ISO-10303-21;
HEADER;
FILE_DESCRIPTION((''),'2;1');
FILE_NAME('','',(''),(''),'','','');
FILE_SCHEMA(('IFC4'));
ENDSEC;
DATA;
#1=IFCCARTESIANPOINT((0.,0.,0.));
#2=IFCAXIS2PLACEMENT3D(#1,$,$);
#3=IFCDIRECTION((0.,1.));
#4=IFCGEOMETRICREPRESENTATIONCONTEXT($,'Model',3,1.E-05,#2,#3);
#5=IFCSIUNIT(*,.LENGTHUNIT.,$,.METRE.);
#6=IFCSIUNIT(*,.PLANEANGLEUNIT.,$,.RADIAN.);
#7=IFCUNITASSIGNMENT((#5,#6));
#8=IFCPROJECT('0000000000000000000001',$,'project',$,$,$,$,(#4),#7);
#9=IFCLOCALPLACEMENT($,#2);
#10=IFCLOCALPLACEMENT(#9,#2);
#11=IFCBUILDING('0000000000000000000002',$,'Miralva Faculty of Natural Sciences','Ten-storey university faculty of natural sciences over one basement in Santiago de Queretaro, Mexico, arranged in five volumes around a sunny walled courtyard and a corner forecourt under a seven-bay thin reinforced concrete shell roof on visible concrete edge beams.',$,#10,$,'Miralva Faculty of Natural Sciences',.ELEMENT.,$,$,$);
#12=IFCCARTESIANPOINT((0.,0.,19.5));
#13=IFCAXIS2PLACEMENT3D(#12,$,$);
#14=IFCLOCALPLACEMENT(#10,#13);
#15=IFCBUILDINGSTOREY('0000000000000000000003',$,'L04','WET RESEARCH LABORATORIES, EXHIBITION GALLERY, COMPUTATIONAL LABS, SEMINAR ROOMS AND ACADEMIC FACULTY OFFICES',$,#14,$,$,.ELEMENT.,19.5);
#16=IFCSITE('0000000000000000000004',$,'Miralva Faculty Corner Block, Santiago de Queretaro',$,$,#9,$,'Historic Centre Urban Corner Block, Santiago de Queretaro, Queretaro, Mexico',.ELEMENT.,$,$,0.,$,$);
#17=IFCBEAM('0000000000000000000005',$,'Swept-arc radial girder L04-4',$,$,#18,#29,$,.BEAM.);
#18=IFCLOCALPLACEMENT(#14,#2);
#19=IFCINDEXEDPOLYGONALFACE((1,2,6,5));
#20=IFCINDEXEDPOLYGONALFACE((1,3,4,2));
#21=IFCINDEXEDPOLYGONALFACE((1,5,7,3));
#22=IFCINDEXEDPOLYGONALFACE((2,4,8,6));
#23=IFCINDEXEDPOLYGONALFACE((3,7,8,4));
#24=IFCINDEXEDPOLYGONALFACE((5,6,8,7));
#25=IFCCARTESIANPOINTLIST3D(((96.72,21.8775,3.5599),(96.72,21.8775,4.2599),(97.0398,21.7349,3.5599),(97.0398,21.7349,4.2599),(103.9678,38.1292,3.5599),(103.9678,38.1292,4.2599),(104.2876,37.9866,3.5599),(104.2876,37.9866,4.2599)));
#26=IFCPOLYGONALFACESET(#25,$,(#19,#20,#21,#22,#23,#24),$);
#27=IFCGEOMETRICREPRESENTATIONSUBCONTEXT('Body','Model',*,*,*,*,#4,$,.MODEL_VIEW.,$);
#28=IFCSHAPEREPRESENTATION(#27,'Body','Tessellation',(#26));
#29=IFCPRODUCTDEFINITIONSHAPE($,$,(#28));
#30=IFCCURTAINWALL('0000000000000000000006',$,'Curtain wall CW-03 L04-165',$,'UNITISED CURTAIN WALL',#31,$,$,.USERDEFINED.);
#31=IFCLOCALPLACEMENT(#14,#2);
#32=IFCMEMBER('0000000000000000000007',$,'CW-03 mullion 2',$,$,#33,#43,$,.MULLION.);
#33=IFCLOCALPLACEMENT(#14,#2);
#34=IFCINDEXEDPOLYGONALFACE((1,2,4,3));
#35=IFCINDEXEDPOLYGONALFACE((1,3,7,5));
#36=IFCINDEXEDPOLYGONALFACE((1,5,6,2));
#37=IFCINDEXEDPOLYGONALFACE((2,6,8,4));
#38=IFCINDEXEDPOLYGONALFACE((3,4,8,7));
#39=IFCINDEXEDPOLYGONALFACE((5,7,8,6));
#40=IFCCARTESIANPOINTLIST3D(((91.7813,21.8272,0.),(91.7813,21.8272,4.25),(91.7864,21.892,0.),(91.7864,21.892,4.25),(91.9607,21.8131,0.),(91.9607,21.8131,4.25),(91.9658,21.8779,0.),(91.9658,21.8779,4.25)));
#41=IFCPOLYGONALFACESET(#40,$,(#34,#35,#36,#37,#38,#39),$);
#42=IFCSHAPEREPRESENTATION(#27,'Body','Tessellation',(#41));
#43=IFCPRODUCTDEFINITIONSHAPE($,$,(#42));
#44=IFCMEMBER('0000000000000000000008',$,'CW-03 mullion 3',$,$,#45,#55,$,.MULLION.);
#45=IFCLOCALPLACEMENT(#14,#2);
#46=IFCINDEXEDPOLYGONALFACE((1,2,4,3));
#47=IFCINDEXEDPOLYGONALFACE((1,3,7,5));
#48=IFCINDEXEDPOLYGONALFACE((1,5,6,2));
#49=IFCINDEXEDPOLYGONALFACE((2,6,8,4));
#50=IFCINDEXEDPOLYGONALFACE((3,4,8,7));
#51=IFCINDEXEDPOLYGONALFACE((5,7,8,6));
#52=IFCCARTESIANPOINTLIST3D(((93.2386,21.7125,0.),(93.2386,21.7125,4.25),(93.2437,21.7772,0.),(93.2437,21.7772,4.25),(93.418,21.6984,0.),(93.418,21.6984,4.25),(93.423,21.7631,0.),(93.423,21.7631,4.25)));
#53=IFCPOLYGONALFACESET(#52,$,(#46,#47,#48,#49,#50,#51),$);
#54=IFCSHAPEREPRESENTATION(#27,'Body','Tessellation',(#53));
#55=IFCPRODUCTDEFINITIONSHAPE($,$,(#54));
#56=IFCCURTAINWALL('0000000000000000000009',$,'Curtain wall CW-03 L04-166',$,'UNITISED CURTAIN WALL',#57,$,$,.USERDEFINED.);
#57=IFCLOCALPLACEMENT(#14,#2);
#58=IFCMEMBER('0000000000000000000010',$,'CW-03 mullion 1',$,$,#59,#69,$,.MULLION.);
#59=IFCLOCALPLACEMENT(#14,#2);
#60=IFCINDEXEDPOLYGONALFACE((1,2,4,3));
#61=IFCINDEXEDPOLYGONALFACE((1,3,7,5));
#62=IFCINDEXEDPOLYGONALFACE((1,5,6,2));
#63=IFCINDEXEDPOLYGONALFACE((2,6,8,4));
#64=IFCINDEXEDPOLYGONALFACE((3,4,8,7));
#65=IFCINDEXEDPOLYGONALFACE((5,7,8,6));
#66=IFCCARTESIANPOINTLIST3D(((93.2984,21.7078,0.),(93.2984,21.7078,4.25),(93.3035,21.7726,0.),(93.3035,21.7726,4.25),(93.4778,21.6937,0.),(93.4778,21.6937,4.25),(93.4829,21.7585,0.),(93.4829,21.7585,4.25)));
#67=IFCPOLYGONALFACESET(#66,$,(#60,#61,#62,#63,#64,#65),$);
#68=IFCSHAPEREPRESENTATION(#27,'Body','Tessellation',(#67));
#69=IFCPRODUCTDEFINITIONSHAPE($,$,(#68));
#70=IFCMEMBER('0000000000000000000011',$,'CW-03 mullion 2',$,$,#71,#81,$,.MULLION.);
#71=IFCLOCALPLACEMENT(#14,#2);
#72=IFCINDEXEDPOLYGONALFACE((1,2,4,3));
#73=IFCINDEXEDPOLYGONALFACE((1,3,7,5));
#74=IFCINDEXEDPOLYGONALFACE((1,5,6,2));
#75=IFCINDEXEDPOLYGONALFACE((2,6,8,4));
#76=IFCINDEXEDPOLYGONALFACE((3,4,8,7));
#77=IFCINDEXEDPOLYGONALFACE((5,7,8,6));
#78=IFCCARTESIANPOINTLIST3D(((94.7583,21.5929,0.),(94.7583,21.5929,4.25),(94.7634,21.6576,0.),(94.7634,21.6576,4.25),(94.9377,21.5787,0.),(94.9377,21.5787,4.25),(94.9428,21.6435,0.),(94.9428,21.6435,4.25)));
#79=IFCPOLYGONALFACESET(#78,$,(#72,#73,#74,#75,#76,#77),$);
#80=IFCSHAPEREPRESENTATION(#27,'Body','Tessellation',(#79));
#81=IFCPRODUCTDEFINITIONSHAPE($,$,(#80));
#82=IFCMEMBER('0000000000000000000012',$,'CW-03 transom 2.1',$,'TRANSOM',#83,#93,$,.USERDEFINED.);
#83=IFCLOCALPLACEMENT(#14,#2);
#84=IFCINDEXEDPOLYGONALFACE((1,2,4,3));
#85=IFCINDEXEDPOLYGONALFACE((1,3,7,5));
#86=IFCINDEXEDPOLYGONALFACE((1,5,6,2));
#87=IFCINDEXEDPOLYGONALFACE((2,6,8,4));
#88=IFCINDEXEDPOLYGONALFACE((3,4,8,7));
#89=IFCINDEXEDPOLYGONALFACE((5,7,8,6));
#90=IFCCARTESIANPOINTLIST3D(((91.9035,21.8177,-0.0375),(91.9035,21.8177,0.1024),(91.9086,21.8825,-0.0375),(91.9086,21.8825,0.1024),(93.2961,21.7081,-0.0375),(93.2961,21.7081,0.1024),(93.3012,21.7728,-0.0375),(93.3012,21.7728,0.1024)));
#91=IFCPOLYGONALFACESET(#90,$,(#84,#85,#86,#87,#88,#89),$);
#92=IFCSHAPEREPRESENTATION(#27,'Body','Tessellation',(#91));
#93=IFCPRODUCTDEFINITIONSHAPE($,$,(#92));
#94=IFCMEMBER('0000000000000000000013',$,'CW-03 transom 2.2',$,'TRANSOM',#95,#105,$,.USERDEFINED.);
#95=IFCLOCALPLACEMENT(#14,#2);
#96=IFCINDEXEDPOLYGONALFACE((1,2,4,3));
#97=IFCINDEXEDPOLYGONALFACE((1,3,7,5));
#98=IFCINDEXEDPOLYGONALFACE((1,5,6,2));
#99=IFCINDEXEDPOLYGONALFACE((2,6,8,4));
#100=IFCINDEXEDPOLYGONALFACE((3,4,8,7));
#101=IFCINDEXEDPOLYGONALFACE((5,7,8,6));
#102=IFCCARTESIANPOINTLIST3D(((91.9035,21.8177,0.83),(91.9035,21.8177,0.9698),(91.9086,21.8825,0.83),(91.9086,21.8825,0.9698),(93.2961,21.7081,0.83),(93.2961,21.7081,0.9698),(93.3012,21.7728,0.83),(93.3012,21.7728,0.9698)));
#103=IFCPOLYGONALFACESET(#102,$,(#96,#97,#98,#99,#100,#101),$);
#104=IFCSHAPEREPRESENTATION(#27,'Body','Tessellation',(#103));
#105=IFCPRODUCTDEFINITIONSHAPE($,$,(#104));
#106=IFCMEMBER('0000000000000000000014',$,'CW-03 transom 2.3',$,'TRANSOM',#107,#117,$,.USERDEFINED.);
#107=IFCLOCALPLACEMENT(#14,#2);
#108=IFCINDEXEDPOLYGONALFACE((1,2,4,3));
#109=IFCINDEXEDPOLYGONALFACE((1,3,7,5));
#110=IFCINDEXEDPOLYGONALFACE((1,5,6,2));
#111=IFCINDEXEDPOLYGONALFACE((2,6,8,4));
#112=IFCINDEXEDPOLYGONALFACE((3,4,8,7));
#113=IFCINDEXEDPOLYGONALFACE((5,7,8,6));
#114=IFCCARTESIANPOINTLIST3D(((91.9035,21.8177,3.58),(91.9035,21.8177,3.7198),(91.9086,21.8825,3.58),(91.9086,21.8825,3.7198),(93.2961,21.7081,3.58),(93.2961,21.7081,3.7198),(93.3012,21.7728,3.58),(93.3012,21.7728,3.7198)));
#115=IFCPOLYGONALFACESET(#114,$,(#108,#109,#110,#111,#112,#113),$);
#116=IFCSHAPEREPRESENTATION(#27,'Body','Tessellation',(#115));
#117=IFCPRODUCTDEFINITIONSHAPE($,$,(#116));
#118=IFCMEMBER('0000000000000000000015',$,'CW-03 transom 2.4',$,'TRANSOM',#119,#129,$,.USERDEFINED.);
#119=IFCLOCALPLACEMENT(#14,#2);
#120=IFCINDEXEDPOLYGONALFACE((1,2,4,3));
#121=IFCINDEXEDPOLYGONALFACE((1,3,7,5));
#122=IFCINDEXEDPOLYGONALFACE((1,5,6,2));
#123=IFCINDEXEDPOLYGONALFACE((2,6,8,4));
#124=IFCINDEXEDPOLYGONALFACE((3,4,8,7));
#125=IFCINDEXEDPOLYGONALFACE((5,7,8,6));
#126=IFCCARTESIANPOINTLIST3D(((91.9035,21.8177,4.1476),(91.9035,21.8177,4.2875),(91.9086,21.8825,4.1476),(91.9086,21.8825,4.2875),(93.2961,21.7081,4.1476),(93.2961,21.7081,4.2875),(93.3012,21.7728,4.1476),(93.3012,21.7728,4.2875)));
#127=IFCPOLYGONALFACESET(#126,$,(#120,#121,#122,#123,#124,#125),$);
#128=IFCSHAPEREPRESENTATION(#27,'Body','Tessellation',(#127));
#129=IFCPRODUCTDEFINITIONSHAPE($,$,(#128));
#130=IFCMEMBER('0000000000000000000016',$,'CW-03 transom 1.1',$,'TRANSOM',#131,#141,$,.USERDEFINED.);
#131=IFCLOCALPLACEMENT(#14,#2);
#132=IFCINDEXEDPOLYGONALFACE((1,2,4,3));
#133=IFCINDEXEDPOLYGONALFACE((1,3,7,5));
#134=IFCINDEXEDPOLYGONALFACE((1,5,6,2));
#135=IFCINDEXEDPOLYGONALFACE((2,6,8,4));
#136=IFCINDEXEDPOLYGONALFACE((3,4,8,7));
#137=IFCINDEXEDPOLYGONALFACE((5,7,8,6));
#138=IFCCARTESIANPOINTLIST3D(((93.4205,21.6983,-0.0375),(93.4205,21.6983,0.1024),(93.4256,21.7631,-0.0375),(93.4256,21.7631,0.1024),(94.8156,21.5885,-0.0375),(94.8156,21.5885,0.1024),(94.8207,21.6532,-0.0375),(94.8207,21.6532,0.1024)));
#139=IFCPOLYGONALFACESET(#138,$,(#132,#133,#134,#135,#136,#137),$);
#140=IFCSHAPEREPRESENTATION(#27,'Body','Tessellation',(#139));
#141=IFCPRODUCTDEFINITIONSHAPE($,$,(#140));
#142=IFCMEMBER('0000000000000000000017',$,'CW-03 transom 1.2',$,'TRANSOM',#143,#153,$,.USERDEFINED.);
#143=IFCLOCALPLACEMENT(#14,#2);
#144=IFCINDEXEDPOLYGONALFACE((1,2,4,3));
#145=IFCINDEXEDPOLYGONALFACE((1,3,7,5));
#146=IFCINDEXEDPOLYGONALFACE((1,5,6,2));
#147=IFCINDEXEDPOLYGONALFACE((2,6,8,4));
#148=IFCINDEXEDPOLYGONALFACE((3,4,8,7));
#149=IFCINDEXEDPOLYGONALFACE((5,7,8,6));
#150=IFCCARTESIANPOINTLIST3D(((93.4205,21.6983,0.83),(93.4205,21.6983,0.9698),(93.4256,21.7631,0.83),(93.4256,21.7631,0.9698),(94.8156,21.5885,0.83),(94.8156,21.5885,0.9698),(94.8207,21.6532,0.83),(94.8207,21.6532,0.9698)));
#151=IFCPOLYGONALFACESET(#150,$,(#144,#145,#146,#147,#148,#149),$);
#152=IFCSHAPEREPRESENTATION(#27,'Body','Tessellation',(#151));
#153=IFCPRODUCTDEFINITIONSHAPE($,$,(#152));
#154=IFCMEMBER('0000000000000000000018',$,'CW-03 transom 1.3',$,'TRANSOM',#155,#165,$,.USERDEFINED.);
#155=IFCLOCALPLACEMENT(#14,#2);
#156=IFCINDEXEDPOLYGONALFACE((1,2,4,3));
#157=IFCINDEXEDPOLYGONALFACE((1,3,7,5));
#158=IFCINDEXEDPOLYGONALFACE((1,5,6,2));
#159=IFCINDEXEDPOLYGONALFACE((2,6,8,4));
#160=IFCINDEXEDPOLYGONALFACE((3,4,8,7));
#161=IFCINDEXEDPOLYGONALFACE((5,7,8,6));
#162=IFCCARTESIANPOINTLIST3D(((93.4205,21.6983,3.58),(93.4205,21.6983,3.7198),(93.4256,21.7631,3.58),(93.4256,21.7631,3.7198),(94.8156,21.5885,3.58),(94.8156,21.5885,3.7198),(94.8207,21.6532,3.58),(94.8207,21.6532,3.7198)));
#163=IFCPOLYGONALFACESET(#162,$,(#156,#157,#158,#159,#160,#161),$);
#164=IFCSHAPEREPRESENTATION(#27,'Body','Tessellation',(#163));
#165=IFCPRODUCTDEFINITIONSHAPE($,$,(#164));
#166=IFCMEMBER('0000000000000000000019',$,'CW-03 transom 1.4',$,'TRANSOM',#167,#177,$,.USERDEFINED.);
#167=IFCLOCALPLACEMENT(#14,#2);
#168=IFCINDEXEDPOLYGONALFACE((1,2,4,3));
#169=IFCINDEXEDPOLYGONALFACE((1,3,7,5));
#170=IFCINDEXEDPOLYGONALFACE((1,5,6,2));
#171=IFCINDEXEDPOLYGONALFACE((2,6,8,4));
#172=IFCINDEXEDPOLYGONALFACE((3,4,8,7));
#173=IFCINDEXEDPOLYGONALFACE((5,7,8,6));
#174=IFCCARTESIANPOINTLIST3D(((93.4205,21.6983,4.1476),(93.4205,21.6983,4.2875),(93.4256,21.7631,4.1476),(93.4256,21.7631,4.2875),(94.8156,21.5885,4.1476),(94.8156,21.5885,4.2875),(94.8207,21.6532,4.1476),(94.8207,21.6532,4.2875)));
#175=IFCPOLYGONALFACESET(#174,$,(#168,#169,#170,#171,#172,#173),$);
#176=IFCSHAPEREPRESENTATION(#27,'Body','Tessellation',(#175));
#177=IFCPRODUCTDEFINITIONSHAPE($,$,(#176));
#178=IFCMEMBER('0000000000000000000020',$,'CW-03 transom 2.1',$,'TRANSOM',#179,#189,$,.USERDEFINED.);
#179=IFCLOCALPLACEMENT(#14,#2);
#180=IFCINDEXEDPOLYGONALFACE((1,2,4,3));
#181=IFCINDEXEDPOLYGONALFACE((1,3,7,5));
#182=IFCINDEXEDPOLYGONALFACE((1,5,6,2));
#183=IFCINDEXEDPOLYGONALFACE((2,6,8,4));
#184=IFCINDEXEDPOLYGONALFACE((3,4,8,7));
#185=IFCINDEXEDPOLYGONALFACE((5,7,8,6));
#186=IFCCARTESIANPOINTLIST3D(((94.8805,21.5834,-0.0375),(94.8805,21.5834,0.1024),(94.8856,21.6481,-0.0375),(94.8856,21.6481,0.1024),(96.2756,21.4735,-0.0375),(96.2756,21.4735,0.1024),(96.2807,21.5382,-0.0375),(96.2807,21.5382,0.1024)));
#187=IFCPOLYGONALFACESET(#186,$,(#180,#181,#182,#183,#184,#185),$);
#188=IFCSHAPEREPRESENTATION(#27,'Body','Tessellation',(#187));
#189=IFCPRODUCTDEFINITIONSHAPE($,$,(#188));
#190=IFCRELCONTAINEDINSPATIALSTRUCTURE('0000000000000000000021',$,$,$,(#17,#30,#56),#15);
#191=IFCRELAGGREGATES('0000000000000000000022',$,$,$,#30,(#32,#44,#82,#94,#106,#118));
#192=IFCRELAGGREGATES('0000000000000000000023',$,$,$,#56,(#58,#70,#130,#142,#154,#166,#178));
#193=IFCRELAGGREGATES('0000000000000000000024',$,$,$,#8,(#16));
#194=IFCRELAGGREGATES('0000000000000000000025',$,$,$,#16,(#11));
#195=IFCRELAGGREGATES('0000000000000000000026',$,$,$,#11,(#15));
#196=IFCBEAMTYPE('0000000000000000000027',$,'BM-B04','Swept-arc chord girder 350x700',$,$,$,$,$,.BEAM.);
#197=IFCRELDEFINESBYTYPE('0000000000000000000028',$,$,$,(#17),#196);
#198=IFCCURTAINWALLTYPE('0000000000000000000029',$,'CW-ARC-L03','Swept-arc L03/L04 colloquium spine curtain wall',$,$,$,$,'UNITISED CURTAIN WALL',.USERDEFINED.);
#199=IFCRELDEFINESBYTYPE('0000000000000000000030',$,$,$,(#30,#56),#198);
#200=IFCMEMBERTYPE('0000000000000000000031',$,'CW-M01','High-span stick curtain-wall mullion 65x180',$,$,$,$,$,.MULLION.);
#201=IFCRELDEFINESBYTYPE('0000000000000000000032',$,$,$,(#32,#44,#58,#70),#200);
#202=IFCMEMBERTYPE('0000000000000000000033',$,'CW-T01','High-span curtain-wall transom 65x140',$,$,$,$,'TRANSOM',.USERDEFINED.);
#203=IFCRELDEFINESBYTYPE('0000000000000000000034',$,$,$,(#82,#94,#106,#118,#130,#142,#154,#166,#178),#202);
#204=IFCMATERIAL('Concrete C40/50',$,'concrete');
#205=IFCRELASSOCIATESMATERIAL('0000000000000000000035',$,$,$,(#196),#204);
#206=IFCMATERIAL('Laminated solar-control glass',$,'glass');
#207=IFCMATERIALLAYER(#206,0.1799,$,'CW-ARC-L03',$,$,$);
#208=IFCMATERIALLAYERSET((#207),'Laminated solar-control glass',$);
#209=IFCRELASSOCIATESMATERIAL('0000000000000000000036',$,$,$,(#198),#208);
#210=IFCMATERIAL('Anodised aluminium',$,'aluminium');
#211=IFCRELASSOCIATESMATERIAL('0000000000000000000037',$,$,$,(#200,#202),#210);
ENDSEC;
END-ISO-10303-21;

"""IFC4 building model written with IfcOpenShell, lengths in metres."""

from ifc_helpers import new_model, si_unit, direction, frame, origin, origin_2d, place, context, subcontext, project, spatial, rectangle, extrude, material, layer, layer_set, material_profile, profile_set, type_object, element, aggregate, save


model = new_model("IFC4")

# Units and contexts
model_context = context("Model", 3, precision=1e-05, world=origin(), true_north=direction((0.0, 1.0)))
body_context = subcontext(model_context, "Body", "Model", "MODEL_VIEW")
ifc_project = project(units=[si_unit("LENGTHUNIT", "METRE"), si_unit("PLANEANGLEUNIT", "RADIAN")], contexts=[model_context])

# Site, building, storey
site_placement = place(None, origin())
site = spatial("IfcSite", under=ifc_project, at=site_placement, Name="Miralva Faculty Corner Block, Santiago de Queretaro", LongName="Historic Centre Urban Corner Block, Santiago de Queretaro, Queretaro, Mexico", CompositionType="ELEMENT", RefElevation=0.0)
building_placement = place(site_placement, origin())
building = spatial("IfcBuilding", under=site, at=building_placement, Name="Miralva Faculty of Natural Sciences", Description="Ten-storey university faculty of natural sciences over one basement in Santiago de Queretaro, Mexico, arranged in five volumes around a sunny walled courtyard and a corner forecourt under a seven-bay thin reinforced concrete shell roof on visible concrete edge beams.", LongName="Miralva Faculty of Natural Sciences", CompositionType="ELEMENT")
storey_placement = place(building_placement, frame((0.0, 0.0, 19.5)))
storey = spatial("IfcBuildingStorey", under=building, at=storey_placement, Name="L04", Description="WET RESEARCH LABORATORIES, EXHIBITION GALLERY, COMPUTATIONAL LABS, SEMINAR ROOMS AND ACADEMIC FACULTY OFFICES", CompositionType="ELEMENT", Elevation=19.5)

# Beam
ifc_material_1 = material(Name="Concrete C40/50", Category="concrete")
ifc_material_profile_1 = material_profile(ifc_material_1, rectangle(XDim=0.3501, YDim=0.7, at=origin_2d()), Name="RC 350x700")
ifc_profile_set_1 = profile_set([ifc_material_profile_1], Name="Concrete C40/50")
beam_type = type_object("IfcBeamType", Name="BM-B04", Description="Swept-arc chord girder 350x700", PredefinedType="BEAM", material=ifc_profile_set_1)
beam_placement = place(storey_placement, frame((96.8799, 21.8062, 3.9099), z_axis=(0.407303, 0.913293, 0.0), x_axis=(-0.913293, 0.407303, 0.0)))
element("IfcBeam", 1, at=beam_placement, inside=storey, type_object=beam_type, Name="Swept-arc radial girder L04-4", PredefinedType="BEAM", context=body_context, shape_type="SweptSolid", body=[
    extrude(rectangle(XDim=0.3501, YDim=0.7, at=origin_2d()), origin(), (0.0, 0.0, 1.0), 17.7947),
])

# Curtain walls, members
ifc_material_2 = material(Name="Laminated solar-control glass", Category="glass")
ifc_layer_1 = layer(ifc_material_2, 0.1799, Name="CW-ARC-L03")
ifc_layer_set_1 = layer_set([ifc_layer_1], Name="Laminated solar-control glass")
curtain_wall_type = type_object("IfcCurtainWallType", Name="CW-ARC-L03", Description="Swept-arc L03/L04 colloquium spine curtain wall", ElementType="UNITISED CURTAIN WALL", PredefinedType="USERDEFINED", material=ifc_layer_set_1)
curtain_wall_1_placement = place(storey_placement, origin())
curtain_wall_1 = element("IfcCurtainWall", 2, at=curtain_wall_1_placement, inside=storey, type_object=curtain_wall_type, Name="Curtain wall CW-03 L04-165", ObjectType="UNITISED CURTAIN WALL", PredefinedType="USERDEFINED")
ifc_material_3 = material(Name="Anodised aluminium", Category="aluminium")
ifc_material_profile_2 = material_profile(ifc_material_3, rectangle(XDim=0.0649, YDim=0.1799, at=origin_2d()), Name="MULLION 65x180")
ifc_profile_set_2 = profile_set([ifc_material_profile_2], Name="Anodised aluminium")
member_type_1 = type_object("IfcMemberType", Name="CW-M01", Description="High-span stick curtain-wall mullion 65x180", PredefinedType="MULLION", material=ifc_profile_set_2)
member_1_placement = place(storey_placement, frame((91.8735, 21.8525, 0.0), z_axis=(0.0, 0.0, 1.0), x_axis=(0.078462, 0.996917, 0.0)))
member_1 = element("IfcMember", 3, at=member_1_placement, type_object=member_type_1, Name="CW-03 mullion 2", PredefinedType="MULLION", context=body_context, shape_type="SweptSolid", body=[
    extrude(rectangle(XDim=0.0649, YDim=0.1799, at=origin_2d()), origin(), (0.0, 0.0, 1.0), 4.25),
])
member_2_placement = place(storey_placement, frame((93.3308, 21.7378, 0.0), z_axis=(0.0, 0.0, 1.0), x_axis=(0.078462, 0.996917, 0.0)))
member_2 = element("IfcMember", 4, at=member_2_placement, type_object=member_type_1, Name="CW-03 mullion 3", PredefinedType="MULLION", context=body_context, shape_type="SweptSolid", body=[
    extrude(rectangle(XDim=0.0649, YDim=0.1799, at=origin_2d()), origin(), (0.0, 0.0, 1.0), 4.25),
])
curtain_wall_2_placement = place(storey_placement, origin())
curtain_wall_2 = element("IfcCurtainWall", 5, at=curtain_wall_2_placement, inside=storey, type_object=curtain_wall_type, Name="Curtain wall CW-03 L04-166", ObjectType="UNITISED CURTAIN WALL", PredefinedType="USERDEFINED")
member_3_placement = place(storey_placement, frame((93.3906, 21.7332, 0.0), z_axis=(0.0, 0.0, 1.0), x_axis=(0.078461, 0.996917, 0.0)))
member_3 = element("IfcMember", 6, at=member_3_placement, type_object=member_type_1, Name="CW-03 mullion 1", PredefinedType="MULLION", context=body_context, shape_type="SweptSolid", body=[
    extrude(rectangle(XDim=0.0649, YDim=0.1799, at=origin_2d()), origin(), (0.0, 0.0, 1.0), 4.25),
])
member_4_placement = place(storey_placement, frame((94.8506, 21.6182, 0.0), z_axis=(0.0, 0.0, 1.0), x_axis=(0.078461, 0.996917, 0.0)))
member_4 = element("IfcMember", 7, at=member_4_placement, type_object=member_type_1, Name="CW-03 mullion 2", PredefinedType="MULLION", context=body_context, shape_type="SweptSolid", body=[
    extrude(rectangle(XDim=0.0649, YDim=0.1799, at=origin_2d()), origin(), (0.0, 0.0, 1.0), 4.25),
])

# Members
ifc_material_profile_3 = material_profile(ifc_material_3, rectangle(XDim=0.0649, YDim=0.1399, at=origin_2d()), Name="TRANSOM 65x140")
ifc_profile_set_3 = profile_set([ifc_material_profile_3], Name="Anodised aluminium")
member_type_2 = type_object("IfcMemberType", Name="CW-T01", Description="High-span curtain-wall transom 65x140", ElementType="TRANSOM", PredefinedType="USERDEFINED", material=ifc_profile_set_3)
member_5_placement = place(storey_placement, frame((91.906, 21.8501, 0.0325), z_axis=(0.996916, -0.078474, 0.0), x_axis=(0.078474, 0.996916, 0.0)))
member_5 = element("IfcMember", 8, at=member_5_placement, type_object=member_type_2, Name="CW-03 transom 2.1", ObjectType="TRANSOM", PredefinedType="USERDEFINED", context=body_context, shape_type="SweptSolid", body=[
    extrude(rectangle(XDim=0.0649, YDim=0.1399, at=origin_2d()), origin(), (0.0, 0.0, 1.0), 1.397),
])
member_6_placement = place(storey_placement, frame((91.906, 21.8501, 0.8999), z_axis=(0.996916, -0.078474, 0.0), x_axis=(0.078474, 0.996916, 0.0)))
member_6 = element("IfcMember", 9, at=member_6_placement, type_object=member_type_2, Name="CW-03 transom 2.2", ObjectType="TRANSOM", PredefinedType="USERDEFINED", context=body_context, shape_type="SweptSolid", body=[
    extrude(rectangle(XDim=0.0649, YDim=0.1399, at=origin_2d()), origin(), (0.0, 0.0, 1.0), 1.397),
])
member_7_placement = place(storey_placement, frame((91.906, 21.8501, 3.6499), z_axis=(0.996916, -0.078474, 0.0), x_axis=(0.078474, 0.996916, 0.0)))
member_7 = element("IfcMember", 10, at=member_7_placement, type_object=member_type_2, Name="CW-03 transom 2.3", ObjectType="TRANSOM", PredefinedType="USERDEFINED", context=body_context, shape_type="SweptSolid", body=[
    extrude(rectangle(XDim=0.0649, YDim=0.1399, at=origin_2d()), origin(), (0.0, 0.0, 1.0), 1.397),
])
member_8_placement = place(storey_placement, frame((91.906, 21.8501, 4.2175), z_axis=(0.996916, -0.078474, 0.0), x_axis=(0.078474, 0.996916, 0.0)))
member_8 = element("IfcMember", 11, at=member_8_placement, type_object=member_type_2, Name="CW-03 transom 2.4", ObjectType="TRANSOM", PredefinedType="USERDEFINED", context=body_context, shape_type="SweptSolid", body=[
    extrude(rectangle(XDim=0.0649, YDim=0.1399, at=origin_2d()), origin(), (0.0, 0.0, 1.0), 1.397),
])
member_9_placement = place(storey_placement, frame((93.4231, 21.7307, 0.0325), z_axis=(0.996913, -0.078511, 0.0), x_axis=(0.078511, 0.996913, 0.0)))
member_9 = element("IfcMember", 12, at=member_9_placement, type_object=member_type_2, Name="CW-03 transom 1.1", ObjectType="TRANSOM", PredefinedType="USERDEFINED", context=body_context, shape_type="SweptSolid", body=[
    extrude(rectangle(XDim=0.0649, YDim=0.1399, at=origin_2d()), origin(), (0.0, 0.0, 1.0), 1.3994),
])
member_10_placement = place(storey_placement, frame((93.4231, 21.7307, 0.8999), z_axis=(0.996913, -0.078511, 0.0), x_axis=(0.078511, 0.996913, 0.0)))
member_10 = element("IfcMember", 13, at=member_10_placement, type_object=member_type_2, Name="CW-03 transom 1.2", ObjectType="TRANSOM", PredefinedType="USERDEFINED", context=body_context, shape_type="SweptSolid", body=[
    extrude(rectangle(XDim=0.0649, YDim=0.1399, at=origin_2d()), origin(), (0.0, 0.0, 1.0), 1.3994),
])
member_11_placement = place(storey_placement, frame((93.4231, 21.7307, 3.6499), z_axis=(0.996913, -0.078511, 0.0), x_axis=(0.078511, 0.996913, 0.0)))
member_11 = element("IfcMember", 14, at=member_11_placement, type_object=member_type_2, Name="CW-03 transom 1.3", ObjectType="TRANSOM", PredefinedType="USERDEFINED", context=body_context, shape_type="SweptSolid", body=[
    extrude(rectangle(XDim=0.0649, YDim=0.1399, at=origin_2d()), origin(), (0.0, 0.0, 1.0), 1.3994),
])
member_12_placement = place(storey_placement, frame((93.4231, 21.7307, 4.2175), z_axis=(0.996913, -0.078511, 0.0), x_axis=(0.078511, 0.996913, 0.0)))
member_12 = element("IfcMember", 15, at=member_12_placement, type_object=member_type_2, Name="CW-03 transom 1.4", ObjectType="TRANSOM", PredefinedType="USERDEFINED", context=body_context, shape_type="SweptSolid", body=[
    extrude(rectangle(XDim=0.0649, YDim=0.1399, at=origin_2d()), origin(), (0.0, 0.0, 1.0), 1.3994),
])
member_13_placement = place(storey_placement, frame((94.8831, 21.6157, 0.0325), z_axis=(0.996913, -0.078511, 0.0), x_axis=(0.078511, 0.996913, 0.0)))
member_13 = element("IfcMember", 16, at=member_13_placement, type_object=member_type_2, Name="CW-03 transom 2.1", ObjectType="TRANSOM", PredefinedType="USERDEFINED", context=body_context, shape_type="SweptSolid", body=[
    extrude(rectangle(XDim=0.0649, YDim=0.1399, at=origin_2d()), origin(), (0.0, 0.0, 1.0), 1.3994),
])

aggregate(curtain_wall_1, [member_1, member_2, member_5, member_6, member_7, member_8])
aggregate(curtain_wall_2, [member_3, member_4, member_9, member_10, member_11, member_12, member_13])

save(model, "model.ifc")
